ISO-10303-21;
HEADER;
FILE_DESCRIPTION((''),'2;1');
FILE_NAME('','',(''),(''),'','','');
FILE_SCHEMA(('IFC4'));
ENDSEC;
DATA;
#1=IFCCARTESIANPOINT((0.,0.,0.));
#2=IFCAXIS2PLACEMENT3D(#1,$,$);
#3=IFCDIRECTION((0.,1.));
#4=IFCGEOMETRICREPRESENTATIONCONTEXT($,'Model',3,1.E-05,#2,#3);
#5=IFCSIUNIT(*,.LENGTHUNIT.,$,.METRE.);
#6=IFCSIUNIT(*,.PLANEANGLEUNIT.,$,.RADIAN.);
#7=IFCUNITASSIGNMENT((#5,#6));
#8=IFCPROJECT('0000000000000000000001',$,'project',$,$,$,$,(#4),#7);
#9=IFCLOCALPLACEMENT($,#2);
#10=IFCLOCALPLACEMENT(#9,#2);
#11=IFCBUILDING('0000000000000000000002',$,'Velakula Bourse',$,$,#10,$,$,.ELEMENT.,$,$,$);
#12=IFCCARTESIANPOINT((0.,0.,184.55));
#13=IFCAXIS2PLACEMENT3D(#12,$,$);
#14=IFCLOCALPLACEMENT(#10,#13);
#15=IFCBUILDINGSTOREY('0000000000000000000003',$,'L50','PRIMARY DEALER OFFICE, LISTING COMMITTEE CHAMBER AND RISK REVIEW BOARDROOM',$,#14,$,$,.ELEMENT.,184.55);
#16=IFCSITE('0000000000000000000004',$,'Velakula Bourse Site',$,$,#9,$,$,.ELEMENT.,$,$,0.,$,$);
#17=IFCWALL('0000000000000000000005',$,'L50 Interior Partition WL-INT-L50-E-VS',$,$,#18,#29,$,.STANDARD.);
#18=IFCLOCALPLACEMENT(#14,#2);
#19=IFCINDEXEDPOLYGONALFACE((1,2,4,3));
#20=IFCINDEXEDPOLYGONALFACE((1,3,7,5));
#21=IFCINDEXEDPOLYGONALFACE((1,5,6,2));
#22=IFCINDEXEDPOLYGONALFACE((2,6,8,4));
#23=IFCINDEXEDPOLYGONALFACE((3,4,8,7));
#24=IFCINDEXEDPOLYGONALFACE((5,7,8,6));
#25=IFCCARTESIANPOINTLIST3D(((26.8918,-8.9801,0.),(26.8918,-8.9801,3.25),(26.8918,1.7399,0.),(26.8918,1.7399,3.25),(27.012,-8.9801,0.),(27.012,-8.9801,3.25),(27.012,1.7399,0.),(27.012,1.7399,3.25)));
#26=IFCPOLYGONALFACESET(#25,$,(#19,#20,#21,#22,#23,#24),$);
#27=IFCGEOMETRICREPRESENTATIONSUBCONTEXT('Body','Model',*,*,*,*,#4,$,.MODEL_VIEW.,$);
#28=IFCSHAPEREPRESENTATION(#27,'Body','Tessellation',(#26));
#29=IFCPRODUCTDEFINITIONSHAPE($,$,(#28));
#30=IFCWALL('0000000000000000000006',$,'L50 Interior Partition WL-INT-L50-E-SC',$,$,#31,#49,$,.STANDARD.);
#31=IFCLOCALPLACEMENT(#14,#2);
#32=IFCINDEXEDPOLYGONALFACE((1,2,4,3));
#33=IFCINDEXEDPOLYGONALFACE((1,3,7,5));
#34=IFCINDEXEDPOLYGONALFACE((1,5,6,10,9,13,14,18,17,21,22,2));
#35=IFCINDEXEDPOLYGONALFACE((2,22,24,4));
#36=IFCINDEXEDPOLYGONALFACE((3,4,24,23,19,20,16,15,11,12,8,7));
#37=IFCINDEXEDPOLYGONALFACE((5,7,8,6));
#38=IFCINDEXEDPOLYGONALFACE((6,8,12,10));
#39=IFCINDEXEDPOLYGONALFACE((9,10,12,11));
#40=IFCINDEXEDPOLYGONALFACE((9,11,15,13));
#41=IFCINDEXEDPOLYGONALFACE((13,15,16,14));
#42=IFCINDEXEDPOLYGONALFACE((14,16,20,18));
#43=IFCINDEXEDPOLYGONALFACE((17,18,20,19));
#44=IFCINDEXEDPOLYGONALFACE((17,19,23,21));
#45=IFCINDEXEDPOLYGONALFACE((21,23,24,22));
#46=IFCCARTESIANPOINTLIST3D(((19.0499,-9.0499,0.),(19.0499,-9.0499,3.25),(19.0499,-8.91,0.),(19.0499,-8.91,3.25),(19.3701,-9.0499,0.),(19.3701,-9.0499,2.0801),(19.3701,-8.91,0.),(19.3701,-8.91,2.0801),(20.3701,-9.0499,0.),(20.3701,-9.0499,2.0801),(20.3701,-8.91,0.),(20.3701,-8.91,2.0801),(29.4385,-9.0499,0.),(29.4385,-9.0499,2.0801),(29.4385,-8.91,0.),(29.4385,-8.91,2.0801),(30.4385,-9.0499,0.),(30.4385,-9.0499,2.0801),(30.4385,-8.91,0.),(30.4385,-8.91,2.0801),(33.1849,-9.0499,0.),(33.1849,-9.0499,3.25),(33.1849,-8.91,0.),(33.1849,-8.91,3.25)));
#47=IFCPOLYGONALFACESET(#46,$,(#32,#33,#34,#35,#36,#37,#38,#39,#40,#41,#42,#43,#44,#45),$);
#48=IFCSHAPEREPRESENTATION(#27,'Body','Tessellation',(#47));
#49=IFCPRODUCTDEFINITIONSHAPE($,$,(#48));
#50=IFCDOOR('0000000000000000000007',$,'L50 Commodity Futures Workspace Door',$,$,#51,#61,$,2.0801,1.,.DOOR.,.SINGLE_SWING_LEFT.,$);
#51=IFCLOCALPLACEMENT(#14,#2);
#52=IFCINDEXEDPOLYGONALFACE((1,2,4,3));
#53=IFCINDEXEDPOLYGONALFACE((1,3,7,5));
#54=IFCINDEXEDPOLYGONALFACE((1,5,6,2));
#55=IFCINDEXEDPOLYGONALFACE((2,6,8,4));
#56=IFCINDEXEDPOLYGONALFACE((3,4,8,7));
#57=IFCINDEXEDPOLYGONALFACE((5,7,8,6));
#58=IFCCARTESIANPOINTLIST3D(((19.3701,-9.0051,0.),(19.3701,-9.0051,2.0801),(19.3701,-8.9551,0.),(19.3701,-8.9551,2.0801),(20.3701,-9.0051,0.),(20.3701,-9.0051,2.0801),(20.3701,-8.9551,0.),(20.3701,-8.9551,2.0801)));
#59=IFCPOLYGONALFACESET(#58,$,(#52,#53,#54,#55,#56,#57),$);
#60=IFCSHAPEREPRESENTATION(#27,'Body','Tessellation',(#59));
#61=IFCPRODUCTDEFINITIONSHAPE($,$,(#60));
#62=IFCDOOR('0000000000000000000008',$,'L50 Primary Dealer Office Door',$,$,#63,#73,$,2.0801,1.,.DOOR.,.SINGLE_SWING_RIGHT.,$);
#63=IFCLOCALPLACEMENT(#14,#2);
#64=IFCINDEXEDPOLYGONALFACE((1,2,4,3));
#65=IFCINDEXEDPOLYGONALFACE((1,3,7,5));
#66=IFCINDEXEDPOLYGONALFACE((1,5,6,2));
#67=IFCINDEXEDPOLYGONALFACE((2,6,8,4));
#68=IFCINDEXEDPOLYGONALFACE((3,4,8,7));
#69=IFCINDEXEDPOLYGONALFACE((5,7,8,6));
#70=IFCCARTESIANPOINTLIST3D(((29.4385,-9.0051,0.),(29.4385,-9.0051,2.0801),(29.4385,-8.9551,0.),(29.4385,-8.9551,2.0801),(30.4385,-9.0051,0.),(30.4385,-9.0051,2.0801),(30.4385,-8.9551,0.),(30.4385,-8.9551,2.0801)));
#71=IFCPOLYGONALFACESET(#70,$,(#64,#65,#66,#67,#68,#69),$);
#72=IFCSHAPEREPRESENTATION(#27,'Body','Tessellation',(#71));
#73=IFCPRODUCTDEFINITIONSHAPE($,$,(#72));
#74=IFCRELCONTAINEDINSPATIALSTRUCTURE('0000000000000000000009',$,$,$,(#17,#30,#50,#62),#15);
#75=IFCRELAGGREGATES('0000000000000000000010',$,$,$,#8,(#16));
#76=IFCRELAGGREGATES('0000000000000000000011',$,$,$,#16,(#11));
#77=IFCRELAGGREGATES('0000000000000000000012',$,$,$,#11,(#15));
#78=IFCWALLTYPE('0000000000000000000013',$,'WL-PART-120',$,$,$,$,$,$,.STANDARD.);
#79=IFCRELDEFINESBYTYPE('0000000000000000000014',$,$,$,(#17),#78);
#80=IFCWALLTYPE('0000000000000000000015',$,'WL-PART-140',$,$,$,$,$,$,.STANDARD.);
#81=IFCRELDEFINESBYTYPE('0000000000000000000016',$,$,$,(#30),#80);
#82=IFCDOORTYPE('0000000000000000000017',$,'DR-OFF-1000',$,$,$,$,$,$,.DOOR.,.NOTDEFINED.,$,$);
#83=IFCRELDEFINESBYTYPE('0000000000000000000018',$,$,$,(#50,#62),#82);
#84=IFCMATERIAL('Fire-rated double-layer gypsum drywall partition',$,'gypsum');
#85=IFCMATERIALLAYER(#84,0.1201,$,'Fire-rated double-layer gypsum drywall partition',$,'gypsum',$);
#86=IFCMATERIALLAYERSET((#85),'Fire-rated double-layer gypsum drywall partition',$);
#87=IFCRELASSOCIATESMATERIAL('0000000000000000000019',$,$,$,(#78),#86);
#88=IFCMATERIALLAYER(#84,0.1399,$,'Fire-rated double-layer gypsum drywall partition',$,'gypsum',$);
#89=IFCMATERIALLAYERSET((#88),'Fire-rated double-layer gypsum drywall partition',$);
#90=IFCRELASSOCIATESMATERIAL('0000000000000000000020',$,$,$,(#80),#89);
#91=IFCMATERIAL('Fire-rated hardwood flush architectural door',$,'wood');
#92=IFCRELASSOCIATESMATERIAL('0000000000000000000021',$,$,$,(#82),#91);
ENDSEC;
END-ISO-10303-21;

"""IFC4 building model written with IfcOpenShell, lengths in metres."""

from ifc_helpers import new_model, si_unit, direction, frame, frame_2d, origin, place, context, subcontext, project, spatial, rectangle, extrude, material, layer, layer_set, type_object, element, fill, save


model = new_model("IFC4")

# Units and contexts
model_context = context("Model", 3, precision=1e-05, world=origin(), true_north=direction((0.0, 1.0)))
body_context = subcontext(model_context, "Body", "Model", "MODEL_VIEW")
ifc_project = project(units=[si_unit("LENGTHUNIT", "METRE"), si_unit("PLANEANGLEUNIT", "RADIAN")], contexts=[model_context])

# Site, building, storey
site_placement = place(None, origin())
site = spatial("IfcSite", under=ifc_project, at=site_placement, Name="Velakula Bourse Site", CompositionType="ELEMENT", RefElevation=0.0)
building_placement = place(site_placement, origin())
building = spatial("IfcBuilding", under=site, at=building_placement, Name="Velakula Bourse", CompositionType="ELEMENT")
storey_placement = place(building_placement, frame((0.0, 0.0, 184.55)))
storey = spatial("IfcBuildingStorey", under=building, at=storey_placement, Name="L50", Description="PRIMARY DEALER OFFICE, LISTING COMMITTEE CHAMBER AND RISK REVIEW BOARDROOM", CompositionType="ELEMENT", Elevation=184.55)

# Wall
ifc_material_1 = material(Name="Fire-rated double-layer gypsum drywall partition", Category="gypsum")
ifc_layer_1 = layer(ifc_material_1, 0.1201, Name="Fire-rated double-layer gypsum drywall partition", Category="gypsum")
ifc_layer_set_1 = layer_set([ifc_layer_1], Name="Fire-rated double-layer gypsum drywall partition")
wall_type_1 = type_object("IfcWallType", Name="WL-PART-120", PredefinedType="STANDARD", material=ifc_layer_set_1)
wall_1_placement = place(storey_placement, frame((26.9519, -8.98, 0.0), z_axis=(0.0, 0.0, 1.0), x_axis=(0.0, 1.0, 0.0)))
element("IfcWall", 1, at=wall_1_placement, inside=storey, type_object=wall_type_1, Name="L50 Interior Partition WL-INT-L50-E-VS", PredefinedType="STANDARD", context=body_context, shape_type="SweptSolid", body=[
    extrude(rectangle(XDim=10.72, YDim=0.1201, at=frame_2d((5.3599, 0.0))), origin(), (0.0, 0.0, 1.0), 3.25),
])

# Wall, openings, doors
ifc_layer_2 = layer(ifc_material_1, 0.1399, Name="Fire-rated double-layer gypsum drywall partition", Category="gypsum")
ifc_layer_set_2 = layer_set([ifc_layer_2], Name="Fire-rated double-layer gypsum drywall partition")
wall_type_2 = type_object("IfcWallType", Name="WL-PART-140", PredefinedType="STANDARD", material=ifc_layer_set_2)
wall_2_placement = place(storey_placement, frame((19.05, -8.98, 0.0), z_axis=(0.0, 0.0, 1.0), x_axis=(1.0, 0.0, 0.0)))
wall_2 = element("IfcWall", 2, at=wall_2_placement, inside=storey, type_object=wall_type_2, Name="L50 Interior Partition WL-INT-L50-E-SC", PredefinedType="STANDARD", context=body_context, shape_type="SweptSolid", body=[
    extrude(rectangle(XDim=14.135, YDim=0.1399, at=frame_2d((7.0674, 0.0))), origin(), (0.0, 0.0, 1.0), 3.25),
])
opening_1_placement = place(wall_2_placement, frame((0.3201, 0.0, 0.0)))
opening_1 = element("IfcOpeningElement", 3, at=opening_1_placement, cuts=wall_2, PredefinedType="OPENING", context=body_context, shape_type="SweptSolid", body=[
    extrude(rectangle(XDim=1.0, YDim=2.0801, at=frame_2d((0.5, 1.04))), frame((0.0, 0.0798, 0.0), z_axis=(0.0, -1.0, 0.0), x_axis=(1.0, 0.0, 0.0)), (0.0, 0.0, 1.0), 0.1599),
])
opening_2_placement = place(wall_2_placement, frame((10.3884, 0.0, 0.0)))
opening_2 = element("IfcOpeningElement", 4, at=opening_2_placement, cuts=wall_2, PredefinedType="OPENING", context=body_context, shape_type="SweptSolid", body=[
    extrude(rectangle(XDim=1.0, YDim=2.0801, at=frame_2d((0.5, 1.04))), frame((0.0, 0.0798, 0.0), z_axis=(0.0, -1.0, 0.0), x_axis=(1.0, 0.0, 0.0)), (0.0, 0.0, 1.0), 0.1599),
])
ifc_material_2 = material(Name="Fire-rated hardwood flush architectural door", Category="wood")
door_type = type_object("IfcDoorType", Name="DR-OFF-1000", OperationType="NOTDEFINED", PredefinedType="DOOR", material=ifc_material_2)
door_1_placement = place(opening_1_placement, origin())
door_1 = element("IfcDoor", 5, at=door_1_placement, inside=storey, type_object=door_type, Name="L50 Commodity Futures Workspace Door", OperationType="SINGLE_SWING_LEFT", OverallHeight=2.0801, OverallWidth=1.0, PredefinedType="DOOR", context=body_context, shape_type="SweptSolid", body=[
    extrude(rectangle(XDim=1.0, YDim=2.0801, at=frame_2d((0.5, 1.04))), frame((0.0, 0.0249, 0.0), z_axis=(0.0, -1.0, 0.0), x_axis=(1.0, 0.0, 0.0)), (0.0, 0.0, 1.0), 0.05),
])
fill(opening_1, door_1)
door_2_placement = place(opening_2_placement, origin())
door_2 = element("IfcDoor", 6, at=door_2_placement, inside=storey, type_object=door_type, Name="L50 Primary Dealer Office Door", OperationType="SINGLE_SWING_RIGHT", OverallHeight=2.0801, OverallWidth=1.0, PredefinedType="DOOR", context=body_context, shape_type="SweptSolid", body=[
    extrude(rectangle(XDim=1.0, YDim=2.0801, at=frame_2d((0.5, 1.04))), frame((0.0, 0.0249, 0.0), z_axis=(0.0, -1.0, 0.0), x_axis=(1.0, 0.0, 0.0)), (0.0, 0.0, 1.0), 0.05),
])
fill(opening_2, door_2)

save(model, "model.ifc")
